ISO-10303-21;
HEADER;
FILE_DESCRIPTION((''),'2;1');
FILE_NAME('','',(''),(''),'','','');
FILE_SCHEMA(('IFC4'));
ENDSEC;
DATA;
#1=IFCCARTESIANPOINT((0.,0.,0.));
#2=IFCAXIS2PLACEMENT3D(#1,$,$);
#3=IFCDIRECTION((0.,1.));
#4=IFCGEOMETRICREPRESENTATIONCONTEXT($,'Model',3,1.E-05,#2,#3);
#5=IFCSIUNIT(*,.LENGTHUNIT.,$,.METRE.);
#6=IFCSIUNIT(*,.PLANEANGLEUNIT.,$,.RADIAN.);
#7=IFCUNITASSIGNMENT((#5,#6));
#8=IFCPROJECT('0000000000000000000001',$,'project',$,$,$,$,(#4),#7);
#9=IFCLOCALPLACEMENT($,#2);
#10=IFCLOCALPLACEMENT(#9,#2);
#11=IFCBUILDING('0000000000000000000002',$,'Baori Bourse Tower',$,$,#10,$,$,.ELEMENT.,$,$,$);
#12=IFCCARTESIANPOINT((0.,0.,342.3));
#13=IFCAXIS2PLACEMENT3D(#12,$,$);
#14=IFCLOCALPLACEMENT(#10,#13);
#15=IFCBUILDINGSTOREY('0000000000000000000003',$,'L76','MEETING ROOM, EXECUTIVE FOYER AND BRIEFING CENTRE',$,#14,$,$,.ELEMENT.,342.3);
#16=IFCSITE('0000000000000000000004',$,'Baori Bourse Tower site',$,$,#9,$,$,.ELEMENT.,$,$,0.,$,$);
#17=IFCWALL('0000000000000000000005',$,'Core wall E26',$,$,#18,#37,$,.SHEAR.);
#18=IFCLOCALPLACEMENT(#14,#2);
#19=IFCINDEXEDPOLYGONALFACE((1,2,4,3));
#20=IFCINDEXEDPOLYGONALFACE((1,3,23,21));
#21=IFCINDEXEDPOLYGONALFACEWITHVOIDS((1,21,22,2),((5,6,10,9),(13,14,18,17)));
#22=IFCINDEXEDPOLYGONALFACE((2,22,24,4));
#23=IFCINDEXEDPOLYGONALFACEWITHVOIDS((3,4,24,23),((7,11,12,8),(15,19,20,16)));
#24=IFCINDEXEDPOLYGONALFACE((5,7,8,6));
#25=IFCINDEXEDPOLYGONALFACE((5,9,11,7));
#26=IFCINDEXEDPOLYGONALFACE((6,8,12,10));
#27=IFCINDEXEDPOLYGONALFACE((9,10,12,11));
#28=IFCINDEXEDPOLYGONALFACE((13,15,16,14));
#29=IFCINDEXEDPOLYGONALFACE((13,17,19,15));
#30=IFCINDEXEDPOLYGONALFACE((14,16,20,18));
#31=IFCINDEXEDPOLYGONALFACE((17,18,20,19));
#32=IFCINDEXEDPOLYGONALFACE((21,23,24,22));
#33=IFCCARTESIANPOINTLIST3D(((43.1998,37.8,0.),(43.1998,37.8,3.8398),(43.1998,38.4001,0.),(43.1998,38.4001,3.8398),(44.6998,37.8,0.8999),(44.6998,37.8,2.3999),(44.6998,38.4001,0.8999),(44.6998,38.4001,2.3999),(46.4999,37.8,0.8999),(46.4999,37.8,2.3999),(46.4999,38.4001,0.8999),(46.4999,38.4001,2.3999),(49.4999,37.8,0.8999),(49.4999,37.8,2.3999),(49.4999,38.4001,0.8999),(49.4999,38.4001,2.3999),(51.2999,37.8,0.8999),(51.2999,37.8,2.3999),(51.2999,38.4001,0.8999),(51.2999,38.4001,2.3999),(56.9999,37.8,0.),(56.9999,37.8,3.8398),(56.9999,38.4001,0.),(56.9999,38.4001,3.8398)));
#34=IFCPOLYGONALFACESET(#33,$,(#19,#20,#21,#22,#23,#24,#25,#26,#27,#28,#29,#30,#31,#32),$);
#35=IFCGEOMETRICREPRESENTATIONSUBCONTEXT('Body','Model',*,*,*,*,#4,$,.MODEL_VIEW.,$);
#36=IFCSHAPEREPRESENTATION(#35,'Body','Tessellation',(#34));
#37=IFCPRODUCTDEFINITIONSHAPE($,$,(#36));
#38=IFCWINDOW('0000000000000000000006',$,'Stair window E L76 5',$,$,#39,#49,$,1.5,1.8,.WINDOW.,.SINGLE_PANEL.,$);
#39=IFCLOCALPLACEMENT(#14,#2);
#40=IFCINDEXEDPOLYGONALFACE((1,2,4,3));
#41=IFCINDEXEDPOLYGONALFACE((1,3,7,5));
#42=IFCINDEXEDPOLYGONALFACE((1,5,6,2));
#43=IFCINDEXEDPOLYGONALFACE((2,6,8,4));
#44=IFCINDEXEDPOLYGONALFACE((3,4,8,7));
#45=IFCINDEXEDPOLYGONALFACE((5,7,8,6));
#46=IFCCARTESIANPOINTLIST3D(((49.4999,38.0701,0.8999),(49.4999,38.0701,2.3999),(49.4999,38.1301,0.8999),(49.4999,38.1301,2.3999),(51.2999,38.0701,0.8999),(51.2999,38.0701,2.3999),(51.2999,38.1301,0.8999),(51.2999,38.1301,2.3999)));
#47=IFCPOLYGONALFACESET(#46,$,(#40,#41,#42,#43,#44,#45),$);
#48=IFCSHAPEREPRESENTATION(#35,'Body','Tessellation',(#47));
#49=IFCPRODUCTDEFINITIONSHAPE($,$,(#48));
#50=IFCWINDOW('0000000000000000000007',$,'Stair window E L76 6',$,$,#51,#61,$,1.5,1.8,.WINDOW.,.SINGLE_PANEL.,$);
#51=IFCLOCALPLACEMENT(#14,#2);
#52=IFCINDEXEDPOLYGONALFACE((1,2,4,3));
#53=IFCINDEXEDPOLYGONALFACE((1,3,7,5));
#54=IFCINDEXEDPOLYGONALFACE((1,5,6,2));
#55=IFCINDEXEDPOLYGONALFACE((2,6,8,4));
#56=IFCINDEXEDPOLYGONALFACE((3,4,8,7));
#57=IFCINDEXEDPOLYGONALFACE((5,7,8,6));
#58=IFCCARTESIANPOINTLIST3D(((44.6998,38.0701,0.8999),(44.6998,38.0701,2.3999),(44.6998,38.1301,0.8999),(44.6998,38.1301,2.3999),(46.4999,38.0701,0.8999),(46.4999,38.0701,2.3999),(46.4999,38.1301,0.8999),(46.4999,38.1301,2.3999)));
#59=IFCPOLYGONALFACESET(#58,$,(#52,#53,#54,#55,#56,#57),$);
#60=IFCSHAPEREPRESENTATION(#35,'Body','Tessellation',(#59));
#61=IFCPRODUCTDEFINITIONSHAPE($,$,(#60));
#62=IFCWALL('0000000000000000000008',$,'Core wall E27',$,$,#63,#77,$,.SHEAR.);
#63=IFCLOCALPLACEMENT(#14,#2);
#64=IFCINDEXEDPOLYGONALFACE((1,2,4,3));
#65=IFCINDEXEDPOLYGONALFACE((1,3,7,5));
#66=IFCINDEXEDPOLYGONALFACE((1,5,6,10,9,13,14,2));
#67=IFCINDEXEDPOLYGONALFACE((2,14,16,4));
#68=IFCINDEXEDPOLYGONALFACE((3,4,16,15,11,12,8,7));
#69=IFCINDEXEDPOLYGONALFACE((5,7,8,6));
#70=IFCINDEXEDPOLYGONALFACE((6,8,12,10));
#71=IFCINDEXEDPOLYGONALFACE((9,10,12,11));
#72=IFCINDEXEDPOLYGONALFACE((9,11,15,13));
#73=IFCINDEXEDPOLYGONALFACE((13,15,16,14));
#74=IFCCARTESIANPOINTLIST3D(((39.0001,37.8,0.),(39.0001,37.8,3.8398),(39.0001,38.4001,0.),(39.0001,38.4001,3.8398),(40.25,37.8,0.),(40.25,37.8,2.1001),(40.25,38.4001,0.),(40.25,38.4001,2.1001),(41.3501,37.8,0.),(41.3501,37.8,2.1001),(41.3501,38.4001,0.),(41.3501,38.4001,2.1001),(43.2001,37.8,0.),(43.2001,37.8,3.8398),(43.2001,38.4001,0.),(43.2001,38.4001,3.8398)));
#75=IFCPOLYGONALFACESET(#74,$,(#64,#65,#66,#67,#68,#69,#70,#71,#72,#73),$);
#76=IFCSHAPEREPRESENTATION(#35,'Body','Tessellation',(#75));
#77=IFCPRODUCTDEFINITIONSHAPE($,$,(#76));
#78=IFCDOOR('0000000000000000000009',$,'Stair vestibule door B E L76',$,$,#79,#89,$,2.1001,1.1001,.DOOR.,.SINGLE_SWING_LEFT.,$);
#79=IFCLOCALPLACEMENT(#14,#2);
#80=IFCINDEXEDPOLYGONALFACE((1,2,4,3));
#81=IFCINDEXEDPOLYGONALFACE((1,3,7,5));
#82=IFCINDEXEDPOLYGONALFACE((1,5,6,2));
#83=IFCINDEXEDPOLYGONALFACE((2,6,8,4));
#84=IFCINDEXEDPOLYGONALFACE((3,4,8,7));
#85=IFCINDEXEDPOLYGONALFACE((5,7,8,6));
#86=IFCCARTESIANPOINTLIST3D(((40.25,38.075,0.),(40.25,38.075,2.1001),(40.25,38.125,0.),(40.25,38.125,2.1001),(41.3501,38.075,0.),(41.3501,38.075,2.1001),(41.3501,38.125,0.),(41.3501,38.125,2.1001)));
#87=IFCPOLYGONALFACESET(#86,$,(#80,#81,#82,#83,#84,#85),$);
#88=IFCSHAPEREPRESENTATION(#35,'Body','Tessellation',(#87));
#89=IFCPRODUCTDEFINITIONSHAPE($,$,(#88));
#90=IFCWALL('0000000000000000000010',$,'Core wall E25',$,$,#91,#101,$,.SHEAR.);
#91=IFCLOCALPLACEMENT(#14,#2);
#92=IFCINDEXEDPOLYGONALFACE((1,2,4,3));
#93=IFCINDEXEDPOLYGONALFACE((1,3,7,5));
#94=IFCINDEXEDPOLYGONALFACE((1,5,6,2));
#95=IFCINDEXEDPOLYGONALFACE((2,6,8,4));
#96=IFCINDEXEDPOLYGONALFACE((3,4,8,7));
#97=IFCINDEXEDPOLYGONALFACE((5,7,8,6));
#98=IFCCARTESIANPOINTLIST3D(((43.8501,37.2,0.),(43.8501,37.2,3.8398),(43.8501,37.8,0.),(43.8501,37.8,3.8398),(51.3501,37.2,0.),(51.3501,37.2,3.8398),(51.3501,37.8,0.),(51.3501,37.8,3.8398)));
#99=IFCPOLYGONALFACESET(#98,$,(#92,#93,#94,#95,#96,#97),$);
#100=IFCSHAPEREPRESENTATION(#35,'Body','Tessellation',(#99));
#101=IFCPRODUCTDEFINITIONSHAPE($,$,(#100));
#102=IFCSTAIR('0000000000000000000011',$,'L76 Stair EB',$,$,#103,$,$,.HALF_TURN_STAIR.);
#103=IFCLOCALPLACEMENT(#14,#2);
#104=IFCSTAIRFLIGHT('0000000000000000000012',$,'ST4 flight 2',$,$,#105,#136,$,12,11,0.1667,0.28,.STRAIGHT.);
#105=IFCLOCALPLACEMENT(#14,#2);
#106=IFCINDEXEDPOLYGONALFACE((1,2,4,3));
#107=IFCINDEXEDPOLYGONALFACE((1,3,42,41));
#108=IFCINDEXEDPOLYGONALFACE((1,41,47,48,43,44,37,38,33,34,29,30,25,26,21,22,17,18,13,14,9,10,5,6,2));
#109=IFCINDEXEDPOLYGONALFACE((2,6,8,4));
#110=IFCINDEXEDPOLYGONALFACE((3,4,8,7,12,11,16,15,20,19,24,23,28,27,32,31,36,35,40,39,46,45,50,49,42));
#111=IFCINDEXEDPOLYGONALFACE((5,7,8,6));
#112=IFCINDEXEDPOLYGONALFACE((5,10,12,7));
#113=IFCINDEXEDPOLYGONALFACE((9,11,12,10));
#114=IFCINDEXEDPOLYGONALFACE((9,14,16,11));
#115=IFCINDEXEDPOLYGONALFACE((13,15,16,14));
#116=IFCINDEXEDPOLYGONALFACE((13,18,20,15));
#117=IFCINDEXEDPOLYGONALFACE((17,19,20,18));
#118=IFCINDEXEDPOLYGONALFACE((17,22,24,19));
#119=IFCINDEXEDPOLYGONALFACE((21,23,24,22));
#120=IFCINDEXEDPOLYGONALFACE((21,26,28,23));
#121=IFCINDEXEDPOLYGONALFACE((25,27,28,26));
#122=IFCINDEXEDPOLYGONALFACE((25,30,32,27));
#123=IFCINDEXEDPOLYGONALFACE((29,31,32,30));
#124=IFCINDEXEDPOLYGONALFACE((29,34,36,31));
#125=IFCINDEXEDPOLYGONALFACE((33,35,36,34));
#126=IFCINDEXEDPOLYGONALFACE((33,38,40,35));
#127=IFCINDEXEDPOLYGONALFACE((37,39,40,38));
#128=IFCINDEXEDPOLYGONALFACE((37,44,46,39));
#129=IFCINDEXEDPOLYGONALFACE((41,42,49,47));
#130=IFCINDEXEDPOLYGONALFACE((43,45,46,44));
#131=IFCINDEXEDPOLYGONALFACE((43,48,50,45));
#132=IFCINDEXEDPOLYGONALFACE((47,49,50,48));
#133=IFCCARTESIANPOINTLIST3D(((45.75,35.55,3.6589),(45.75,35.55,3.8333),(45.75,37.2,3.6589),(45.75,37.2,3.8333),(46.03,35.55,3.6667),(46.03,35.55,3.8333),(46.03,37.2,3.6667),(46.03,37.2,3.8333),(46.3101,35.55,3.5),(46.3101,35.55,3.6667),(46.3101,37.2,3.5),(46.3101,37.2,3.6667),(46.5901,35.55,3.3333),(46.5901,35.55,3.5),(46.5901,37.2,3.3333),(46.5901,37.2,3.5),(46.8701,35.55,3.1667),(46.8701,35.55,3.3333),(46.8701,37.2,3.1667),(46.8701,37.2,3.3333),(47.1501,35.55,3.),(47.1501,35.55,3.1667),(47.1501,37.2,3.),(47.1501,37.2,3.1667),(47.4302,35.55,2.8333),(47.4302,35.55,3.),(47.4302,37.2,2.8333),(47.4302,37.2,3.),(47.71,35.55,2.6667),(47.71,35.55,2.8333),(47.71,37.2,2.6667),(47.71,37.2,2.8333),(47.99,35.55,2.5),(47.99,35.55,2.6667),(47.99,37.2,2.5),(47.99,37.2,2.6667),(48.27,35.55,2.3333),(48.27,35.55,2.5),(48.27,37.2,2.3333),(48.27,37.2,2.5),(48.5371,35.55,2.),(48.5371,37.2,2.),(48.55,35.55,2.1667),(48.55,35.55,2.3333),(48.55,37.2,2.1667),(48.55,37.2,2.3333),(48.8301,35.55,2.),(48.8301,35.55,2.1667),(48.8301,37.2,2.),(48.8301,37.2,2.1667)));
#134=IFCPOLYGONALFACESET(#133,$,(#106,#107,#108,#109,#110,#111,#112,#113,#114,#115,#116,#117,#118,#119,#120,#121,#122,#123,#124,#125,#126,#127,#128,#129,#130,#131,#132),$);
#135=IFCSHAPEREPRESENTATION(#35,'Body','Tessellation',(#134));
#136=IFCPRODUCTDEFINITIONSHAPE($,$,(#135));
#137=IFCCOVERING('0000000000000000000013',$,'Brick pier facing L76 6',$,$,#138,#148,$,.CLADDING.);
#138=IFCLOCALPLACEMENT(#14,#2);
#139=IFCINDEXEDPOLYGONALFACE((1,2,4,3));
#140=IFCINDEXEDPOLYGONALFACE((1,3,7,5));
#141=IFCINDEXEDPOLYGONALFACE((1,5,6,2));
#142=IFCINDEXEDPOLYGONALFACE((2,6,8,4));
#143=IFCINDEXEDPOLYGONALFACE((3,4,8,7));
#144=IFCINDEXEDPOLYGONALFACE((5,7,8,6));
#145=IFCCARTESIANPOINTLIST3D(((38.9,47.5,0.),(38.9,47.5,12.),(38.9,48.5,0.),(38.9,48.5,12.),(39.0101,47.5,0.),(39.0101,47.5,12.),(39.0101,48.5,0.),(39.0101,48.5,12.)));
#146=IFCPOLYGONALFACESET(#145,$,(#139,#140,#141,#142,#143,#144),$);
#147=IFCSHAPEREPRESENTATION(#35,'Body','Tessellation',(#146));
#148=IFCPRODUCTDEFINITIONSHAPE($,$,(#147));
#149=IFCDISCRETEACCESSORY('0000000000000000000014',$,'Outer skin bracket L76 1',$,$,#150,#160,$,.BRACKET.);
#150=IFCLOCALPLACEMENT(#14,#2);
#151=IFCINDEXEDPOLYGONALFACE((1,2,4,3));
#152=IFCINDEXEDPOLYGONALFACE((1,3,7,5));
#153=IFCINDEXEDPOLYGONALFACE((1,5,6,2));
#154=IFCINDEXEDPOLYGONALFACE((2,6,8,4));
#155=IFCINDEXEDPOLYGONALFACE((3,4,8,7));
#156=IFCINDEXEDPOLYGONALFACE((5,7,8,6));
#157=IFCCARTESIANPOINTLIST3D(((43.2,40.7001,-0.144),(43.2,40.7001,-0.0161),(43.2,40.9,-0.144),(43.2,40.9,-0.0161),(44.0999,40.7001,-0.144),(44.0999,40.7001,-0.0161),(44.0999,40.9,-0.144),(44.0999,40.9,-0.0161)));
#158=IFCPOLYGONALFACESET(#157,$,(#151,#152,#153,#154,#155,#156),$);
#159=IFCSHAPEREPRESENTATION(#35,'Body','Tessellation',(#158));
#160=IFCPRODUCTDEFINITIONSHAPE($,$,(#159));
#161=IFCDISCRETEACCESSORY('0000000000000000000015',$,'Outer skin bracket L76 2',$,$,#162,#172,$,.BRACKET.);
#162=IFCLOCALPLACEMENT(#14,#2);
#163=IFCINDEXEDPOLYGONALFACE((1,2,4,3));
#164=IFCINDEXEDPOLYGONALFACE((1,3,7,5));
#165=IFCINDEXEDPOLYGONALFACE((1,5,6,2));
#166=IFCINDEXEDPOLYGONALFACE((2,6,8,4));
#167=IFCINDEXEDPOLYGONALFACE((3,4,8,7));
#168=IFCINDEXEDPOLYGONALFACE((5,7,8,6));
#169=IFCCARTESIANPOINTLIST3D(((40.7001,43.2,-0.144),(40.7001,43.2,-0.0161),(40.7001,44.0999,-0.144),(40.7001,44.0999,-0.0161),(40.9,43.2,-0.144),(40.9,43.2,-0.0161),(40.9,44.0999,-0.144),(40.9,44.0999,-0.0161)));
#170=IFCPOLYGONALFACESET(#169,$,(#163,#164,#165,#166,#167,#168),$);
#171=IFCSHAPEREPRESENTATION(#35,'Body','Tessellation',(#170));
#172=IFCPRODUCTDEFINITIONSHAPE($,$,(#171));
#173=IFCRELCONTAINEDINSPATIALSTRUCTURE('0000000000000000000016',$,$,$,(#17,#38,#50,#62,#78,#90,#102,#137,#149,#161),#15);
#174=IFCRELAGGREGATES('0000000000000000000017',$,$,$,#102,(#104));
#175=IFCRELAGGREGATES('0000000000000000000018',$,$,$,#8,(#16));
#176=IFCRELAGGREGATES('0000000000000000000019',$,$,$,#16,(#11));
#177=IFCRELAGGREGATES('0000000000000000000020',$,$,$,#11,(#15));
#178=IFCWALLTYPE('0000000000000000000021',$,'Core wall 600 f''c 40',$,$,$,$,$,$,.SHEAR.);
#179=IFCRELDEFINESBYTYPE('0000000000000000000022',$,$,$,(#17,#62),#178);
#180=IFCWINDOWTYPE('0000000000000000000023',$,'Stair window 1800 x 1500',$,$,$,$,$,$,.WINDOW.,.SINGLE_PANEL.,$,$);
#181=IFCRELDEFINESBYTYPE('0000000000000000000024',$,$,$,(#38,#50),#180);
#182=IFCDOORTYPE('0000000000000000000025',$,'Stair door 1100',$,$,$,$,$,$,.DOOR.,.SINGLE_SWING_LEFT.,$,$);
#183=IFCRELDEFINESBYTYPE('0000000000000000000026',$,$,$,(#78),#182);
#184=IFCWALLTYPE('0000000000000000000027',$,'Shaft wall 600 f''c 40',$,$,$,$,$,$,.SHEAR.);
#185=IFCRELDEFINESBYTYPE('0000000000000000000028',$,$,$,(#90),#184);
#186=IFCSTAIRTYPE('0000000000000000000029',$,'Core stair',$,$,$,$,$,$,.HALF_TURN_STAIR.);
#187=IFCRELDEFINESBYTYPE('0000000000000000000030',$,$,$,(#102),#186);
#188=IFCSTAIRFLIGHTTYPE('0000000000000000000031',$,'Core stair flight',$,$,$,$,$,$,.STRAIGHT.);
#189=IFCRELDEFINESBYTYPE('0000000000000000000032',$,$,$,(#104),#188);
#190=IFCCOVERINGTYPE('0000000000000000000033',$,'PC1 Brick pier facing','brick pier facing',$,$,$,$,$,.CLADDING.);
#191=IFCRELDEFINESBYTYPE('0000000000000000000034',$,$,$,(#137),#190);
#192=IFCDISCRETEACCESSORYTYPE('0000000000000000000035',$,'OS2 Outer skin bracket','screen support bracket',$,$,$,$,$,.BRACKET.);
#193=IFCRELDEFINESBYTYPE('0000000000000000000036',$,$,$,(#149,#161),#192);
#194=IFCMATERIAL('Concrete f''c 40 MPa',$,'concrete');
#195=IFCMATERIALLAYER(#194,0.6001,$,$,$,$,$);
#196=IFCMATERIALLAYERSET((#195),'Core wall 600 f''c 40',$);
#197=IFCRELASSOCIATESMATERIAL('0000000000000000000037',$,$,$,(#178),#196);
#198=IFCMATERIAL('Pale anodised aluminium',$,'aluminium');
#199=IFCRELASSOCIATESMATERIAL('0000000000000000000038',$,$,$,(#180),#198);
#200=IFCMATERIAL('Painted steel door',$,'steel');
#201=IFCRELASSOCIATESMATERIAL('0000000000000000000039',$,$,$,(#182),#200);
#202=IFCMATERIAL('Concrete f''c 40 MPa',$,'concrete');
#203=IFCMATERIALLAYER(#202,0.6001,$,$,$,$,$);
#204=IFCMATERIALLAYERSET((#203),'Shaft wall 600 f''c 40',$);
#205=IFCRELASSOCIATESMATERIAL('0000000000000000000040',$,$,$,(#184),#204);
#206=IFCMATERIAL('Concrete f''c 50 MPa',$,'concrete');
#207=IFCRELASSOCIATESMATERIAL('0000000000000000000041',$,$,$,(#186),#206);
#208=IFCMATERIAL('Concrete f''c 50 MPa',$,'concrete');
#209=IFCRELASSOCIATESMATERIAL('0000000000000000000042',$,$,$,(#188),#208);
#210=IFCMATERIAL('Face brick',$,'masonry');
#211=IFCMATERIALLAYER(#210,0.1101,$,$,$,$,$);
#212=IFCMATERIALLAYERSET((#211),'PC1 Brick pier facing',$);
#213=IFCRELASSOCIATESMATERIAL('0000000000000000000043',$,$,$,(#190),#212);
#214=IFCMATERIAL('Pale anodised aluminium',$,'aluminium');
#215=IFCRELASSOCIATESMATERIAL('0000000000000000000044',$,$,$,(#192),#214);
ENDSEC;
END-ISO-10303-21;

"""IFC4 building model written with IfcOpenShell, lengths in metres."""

from ifc_helpers import new_model, si_unit, direction, frame, frame_2d, origin, origin_2d, place, context, subcontext, project, spatial, polyline, rectangle, outline, extrude, material, layer, layer_set, type_object, element, fill, aggregate, save


model = new_model("IFC4")

# Units and contexts
model_context = context("Model", 3, precision=1e-05, world=origin(), true_north=direction((0.0, 1.0)))
body_context = subcontext(model_context, "Body", "Model", "MODEL_VIEW")
ifc_project = project(units=[si_unit("LENGTHUNIT", "METRE"), si_unit("PLANEANGLEUNIT", "RADIAN")], contexts=[model_context])

# Site, building, storey
site_placement = place(None, origin())
site = spatial("IfcSite", under=ifc_project, at=site_placement, Name="Baori Bourse Tower site", CompositionType="ELEMENT", RefElevation=0.0)
building_placement = place(site_placement, origin())
building = spatial("IfcBuilding", under=site, at=building_placement, Name="Baori Bourse Tower", CompositionType="ELEMENT")
storey_placement = place(building_placement, frame((0.0, 0.0, 342.3)))
storey = spatial("IfcBuildingStorey", under=building, at=storey_placement, Name="L76", Description="MEETING ROOM, EXECUTIVE FOYER AND BRIEFING CENTRE", CompositionType="ELEMENT", Elevation=342.3)

# Wall, openings, windows
ifc_material_1 = material(Name="Concrete f'c 40 MPa", Category="concrete")
ifc_layer_1 = layer(ifc_material_1, 0.6001)
ifc_layer_set_1 = layer_set([ifc_layer_1], Name="Core wall 600 f'c 40")
wall_type_1 = type_object("IfcWallType", Name="Core wall 600 f'c 40", PredefinedType="SHEAR", material=ifc_layer_set_1)
wall_1_placement = place(storey_placement, frame((43.2, 38.1001, 0.0), z_axis=(0.0, 0.0, 1.0), x_axis=(1.0, 0.0, 0.0)))
wall_1 = element("IfcWall", 1, at=wall_1_placement, inside=storey, type_object=wall_type_1, Name="Core wall E26", PredefinedType="SHEAR", context=body_context, shape_type="SweptSolid", body=[
    extrude(rectangle(XDim=13.8, YDim=0.6001, at=frame_2d((6.8999, 0.0))), origin(), (0.0, 0.0, 1.0), 3.8398),
])
opening_1_placement = place(wall_1_placement, frame((6.3, 0.0, 0.8999)))
opening_1 = element("IfcOpeningElement", 2, at=opening_1_placement, cuts=wall_1, PredefinedType="OPENING", context=body_context, shape_type="SweptSolid", body=[
    extrude(rectangle(XDim=1.8, YDim=1.5, at=frame_2d((0.8999, 0.75))), frame((0.0, 0.3101, 0.0), z_axis=(0.0, -1.0, 0.0), x_axis=(1.0, 0.0, 0.0)), (0.0, 0.0, 1.0), 0.6201),
])
opening_2_placement = place(wall_1_placement, frame((1.5, 0.0, 0.8999)))
opening_2 = element("IfcOpeningElement", 3, at=opening_2_placement, cuts=wall_1, PredefinedType="OPENING", context=body_context, shape_type="SweptSolid", body=[
    extrude(rectangle(XDim=1.8, YDim=1.5, at=frame_2d((0.8999, 0.75))), frame((0.0, 0.3101, 0.0), z_axis=(0.0, -1.0, 0.0), x_axis=(1.0, 0.0, 0.0)), (0.0, 0.0, 1.0), 0.6201),
])
ifc_material_2 = material(Name="Pale anodised aluminium", Category="aluminium")
window_type_1 = type_object("IfcWindowType", Name="Stair window 1800 x 1500", PartitioningType="SINGLE_PANEL", PredefinedType="WINDOW", material=ifc_material_2)
window_1_placement = place(opening_1_placement, origin())
window_1 = element("IfcWindow", 4, at=window_1_placement, inside=storey, type_object=window_type_1, Name="Stair window E L76 5", OverallHeight=1.5, OverallWidth=1.8, PartitioningType="SINGLE_PANEL", PredefinedType="WINDOW", context=body_context, shape_type="SweptSolid", body=[
    extrude(rectangle(XDim=1.8, YDim=1.5, at=frame_2d((0.8999, 0.75))), frame((0.0, 0.03, 0.0), z_axis=(0.0, -1.0, 0.0), x_axis=(1.0, 0.0, 0.0)), (0.0, 0.0, 1.0), 0.0601),
])
fill(opening_1, window_1)
window_2_placement = place(opening_2_placement, origin())
window_2 = element("IfcWindow", 5, at=window_2_placement, inside=storey, type_object=window_type_1, Name="Stair window E L76 6", OverallHeight=1.5, OverallWidth=1.8, PartitioningType="SINGLE_PANEL", PredefinedType="WINDOW", context=body_context, shape_type="SweptSolid", body=[
    extrude(rectangle(XDim=1.8, YDim=1.5, at=frame_2d((0.8999, 0.75))), frame((0.0, 0.03, 0.0), z_axis=(0.0, -1.0, 0.0), x_axis=(1.0, 0.0, 0.0)), (0.0, 0.0, 1.0), 0.0601),
])
fill(opening_2, window_2)

# Wall, opening, door
wall_2_placement = place(storey_placement, frame((39.0, 38.1001, 0.0), z_axis=(0.0, 0.0, 1.0), x_axis=(1.0, 0.0, 0.0)))
wall_2 = element("IfcWall", 6, at=wall_2_placement, inside=storey, type_object=wall_type_1, Name="Core wall E27", PredefinedType="SHEAR", context=body_context, shape_type="SweptSolid", body=[
    extrude(rectangle(XDim=4.2, YDim=0.6001, at=frame_2d((2.1001, 0.0))), origin(), (0.0, 0.0, 1.0), 3.8398),
])
opening_3_placement = place(wall_2_placement, frame((1.25, 0.0, 0.0)))
opening_3 = element("IfcOpeningElement", 7, at=opening_3_placement, cuts=wall_2, PredefinedType="OPENING", context=body_context, shape_type="SweptSolid", body=[
    extrude(rectangle(XDim=1.1001, YDim=2.1001, at=frame_2d((0.55, 1.05))), frame((0.0, 0.3101, 0.0), z_axis=(0.0, -1.0, 0.0), x_axis=(1.0, 0.0, 0.0)), (0.0, 0.0, 1.0), 0.6201),
])
ifc_material_3 = material(Name="Painted steel door", Category="steel")
door_type = type_object("IfcDoorType", Name="Stair door 1100", OperationType="SINGLE_SWING_LEFT", PredefinedType="DOOR", material=ifc_material_3)
door_placement = place(opening_3_placement, origin())
door = element("IfcDoor", 8, at=door_placement, inside=storey, type_object=door_type, Name="Stair vestibule door B E L76", OperationType="SINGLE_SWING_LEFT", OverallHeight=2.1001, OverallWidth=1.1001, PredefinedType="DOOR", context=body_context, shape_type="SweptSolid", body=[
    extrude(rectangle(XDim=1.1001, YDim=2.1001, at=frame_2d((0.55, 1.05))), frame((0.0, 0.0249, 0.0), z_axis=(0.0, -1.0, 0.0), x_axis=(1.0, 0.0, 0.0)), (0.0, 0.0, 1.0), 0.05),
])
fill(opening_3, door)

# Wall
ifc_material_4 = material(Name="Concrete f'c 40 MPa", Category="concrete")
ifc_layer_2 = layer(ifc_material_4, 0.6001)
ifc_layer_set_2 = layer_set([ifc_layer_2], Name="Shaft wall 600 f'c 40")
wall_type_2 = type_object("IfcWallType", Name="Shaft wall 600 f'c 40", PredefinedType="SHEAR", material=ifc_layer_set_2)
wall_3_placement = place(storey_placement, frame((43.8501, 37.5, 0.0), z_axis=(0.0, 0.0, 1.0), x_axis=(1.0, 0.0, 0.0)))
element("IfcWall", 9, at=wall_3_placement, inside=storey, type_object=wall_type_2, Name="Core wall E25", PredefinedType="SHEAR", context=body_context, shape_type="SweptSolid", body=[
    extrude(rectangle(XDim=7.5, YDim=0.6001, at=frame_2d((3.75, 0.0))), origin(), (0.0, 0.0, 1.0), 3.8398),
])

# Stair, stair flight
ifc_material_5 = material(Name="Concrete f'c 50 MPa", Category="concrete")
stair_type = type_object("IfcStairType", Name="Core stair", PredefinedType="HALF_TURN_STAIR", material=ifc_material_5)
stair_placement = place(storey_placement, origin())
stair = element("IfcStair", 10, at=stair_placement, inside=storey, type_object=stair_type, Name="L76 Stair EB", PredefinedType="HALF_TURN_STAIR")
ifc_material_6 = material(Name="Concrete f'c 50 MPa", Category="concrete")
stair_flight_type = type_object("IfcStairFlightType", Name="Core stair flight", PredefinedType="STRAIGHT", material=ifc_material_6)
stair_flight_placement = place(storey_placement, frame((48.8301, 36.375, 2.0), z_axis=(0.0, 0.0, 1.0), x_axis=(-1.0, 0.0, 0.0)))
stair_flight = element("IfcStairFlight", 11, at=stair_flight_placement, type_object=stair_flight_type, Name="ST4 flight 2", NumberOfRisers=12, NumberOfTreads=11, PredefinedType="STRAIGHT", RiserHeight=0.1667, TreadLength=0.28, context=body_context, shape_type="SweptSolid", body=[
    extrude(outline(polyline([(0.0, 0.0), (0.0, 0.1667), (0.28, 0.1667), (0.28, 0.3333), (0.5601, 0.3333), (0.5601, 0.5), (0.8401, 0.5), (0.8401, 0.6667), (1.1201, 0.6667), (1.1201, 0.8333), (1.3999, 0.8333), (1.3999, 1.0), (1.6799, 1.0), (1.6799, 1.1667), (1.96, 1.1667), (1.96, 1.3333), (2.24, 1.3333), (2.24, 1.5), (2.52, 1.5), (2.52, 1.6667), (2.8, 1.6667), (2.8, 1.8333), (3.0801, 1.8333), (3.0801, 2.0), (3.0801, 1.6589), (0.293, 0.0), (0.0, 0.0)])), frame((0.0, 0.825, 0.0), z_axis=(0.0, -1.0, 0.0), x_axis=(1.0, 0.0, 0.0)), (0.0, 0.0, 1.0), 1.6499),
])
aggregate(stair, [stair_flight])

# Covering
ifc_material_7 = material(Name="Face brick", Category="masonry")
ifc_layer_3 = layer(ifc_material_7, 0.1101)
ifc_layer_set_3 = layer_set([ifc_layer_3], Name="PC1 Brick pier facing")
covering_type = type_object("IfcCoveringType", Name="PC1 Brick pier facing", Description="brick pier facing", PredefinedType="CLADDING", material=ifc_layer_set_3)
covering_placement = place(storey_placement, frame((38.9551, 48.0, 0.0), z_axis=(0.0, 0.0, 1.0), x_axis=(1.0, 0.0, 0.0)))
element("IfcCovering", 12, at=covering_placement, inside=storey, type_object=covering_type, Name="Brick pier facing L76 6", PredefinedType="CLADDING", context=body_context, shape_type="SweptSolid", body=[
    extrude(rectangle(XDim=0.1101, YDim=1.0, at=origin_2d()), origin(), (0.0, 0.0, 1.0), 12.0),
])

# Discrete accessories
ifc_material_8 = material(Name="Pale anodised aluminium", Category="aluminium")
discrete_accessory_type = type_object("IfcDiscreteAccessoryType", Name="OS2 Outer skin bracket", Description="screen support bracket", PredefinedType="BRACKET", material=ifc_material_8)
for number, where, z_axis, x_axis, name in (
    (13, (43.6499, 40.8, -0.144), (0.0, 0.0, 1.0), (0.0, 1.0, 0.0), "Outer skin bracket L76 1"),
    (14, (40.8, 43.6499, -0.144), (0.0, 0.0, 1.0), (-1.0, 0.0, 0.0), "Outer skin bracket L76 2"),
):
    element("IfcDiscreteAccessory", number, at=place(storey_placement, frame(where, z_axis=z_axis, x_axis=x_axis)), inside=storey, type_object=discrete_accessory_type, Name=name, PredefinedType="BRACKET", context=body_context, shape_type="SweptSolid", body=[
        extrude(rectangle(XDim=0.2, YDim=0.8999, at=origin_2d()), origin(), (0.0, 0.0, 1.0), 0.1279),
    ])

save(model, "model.ifc")
